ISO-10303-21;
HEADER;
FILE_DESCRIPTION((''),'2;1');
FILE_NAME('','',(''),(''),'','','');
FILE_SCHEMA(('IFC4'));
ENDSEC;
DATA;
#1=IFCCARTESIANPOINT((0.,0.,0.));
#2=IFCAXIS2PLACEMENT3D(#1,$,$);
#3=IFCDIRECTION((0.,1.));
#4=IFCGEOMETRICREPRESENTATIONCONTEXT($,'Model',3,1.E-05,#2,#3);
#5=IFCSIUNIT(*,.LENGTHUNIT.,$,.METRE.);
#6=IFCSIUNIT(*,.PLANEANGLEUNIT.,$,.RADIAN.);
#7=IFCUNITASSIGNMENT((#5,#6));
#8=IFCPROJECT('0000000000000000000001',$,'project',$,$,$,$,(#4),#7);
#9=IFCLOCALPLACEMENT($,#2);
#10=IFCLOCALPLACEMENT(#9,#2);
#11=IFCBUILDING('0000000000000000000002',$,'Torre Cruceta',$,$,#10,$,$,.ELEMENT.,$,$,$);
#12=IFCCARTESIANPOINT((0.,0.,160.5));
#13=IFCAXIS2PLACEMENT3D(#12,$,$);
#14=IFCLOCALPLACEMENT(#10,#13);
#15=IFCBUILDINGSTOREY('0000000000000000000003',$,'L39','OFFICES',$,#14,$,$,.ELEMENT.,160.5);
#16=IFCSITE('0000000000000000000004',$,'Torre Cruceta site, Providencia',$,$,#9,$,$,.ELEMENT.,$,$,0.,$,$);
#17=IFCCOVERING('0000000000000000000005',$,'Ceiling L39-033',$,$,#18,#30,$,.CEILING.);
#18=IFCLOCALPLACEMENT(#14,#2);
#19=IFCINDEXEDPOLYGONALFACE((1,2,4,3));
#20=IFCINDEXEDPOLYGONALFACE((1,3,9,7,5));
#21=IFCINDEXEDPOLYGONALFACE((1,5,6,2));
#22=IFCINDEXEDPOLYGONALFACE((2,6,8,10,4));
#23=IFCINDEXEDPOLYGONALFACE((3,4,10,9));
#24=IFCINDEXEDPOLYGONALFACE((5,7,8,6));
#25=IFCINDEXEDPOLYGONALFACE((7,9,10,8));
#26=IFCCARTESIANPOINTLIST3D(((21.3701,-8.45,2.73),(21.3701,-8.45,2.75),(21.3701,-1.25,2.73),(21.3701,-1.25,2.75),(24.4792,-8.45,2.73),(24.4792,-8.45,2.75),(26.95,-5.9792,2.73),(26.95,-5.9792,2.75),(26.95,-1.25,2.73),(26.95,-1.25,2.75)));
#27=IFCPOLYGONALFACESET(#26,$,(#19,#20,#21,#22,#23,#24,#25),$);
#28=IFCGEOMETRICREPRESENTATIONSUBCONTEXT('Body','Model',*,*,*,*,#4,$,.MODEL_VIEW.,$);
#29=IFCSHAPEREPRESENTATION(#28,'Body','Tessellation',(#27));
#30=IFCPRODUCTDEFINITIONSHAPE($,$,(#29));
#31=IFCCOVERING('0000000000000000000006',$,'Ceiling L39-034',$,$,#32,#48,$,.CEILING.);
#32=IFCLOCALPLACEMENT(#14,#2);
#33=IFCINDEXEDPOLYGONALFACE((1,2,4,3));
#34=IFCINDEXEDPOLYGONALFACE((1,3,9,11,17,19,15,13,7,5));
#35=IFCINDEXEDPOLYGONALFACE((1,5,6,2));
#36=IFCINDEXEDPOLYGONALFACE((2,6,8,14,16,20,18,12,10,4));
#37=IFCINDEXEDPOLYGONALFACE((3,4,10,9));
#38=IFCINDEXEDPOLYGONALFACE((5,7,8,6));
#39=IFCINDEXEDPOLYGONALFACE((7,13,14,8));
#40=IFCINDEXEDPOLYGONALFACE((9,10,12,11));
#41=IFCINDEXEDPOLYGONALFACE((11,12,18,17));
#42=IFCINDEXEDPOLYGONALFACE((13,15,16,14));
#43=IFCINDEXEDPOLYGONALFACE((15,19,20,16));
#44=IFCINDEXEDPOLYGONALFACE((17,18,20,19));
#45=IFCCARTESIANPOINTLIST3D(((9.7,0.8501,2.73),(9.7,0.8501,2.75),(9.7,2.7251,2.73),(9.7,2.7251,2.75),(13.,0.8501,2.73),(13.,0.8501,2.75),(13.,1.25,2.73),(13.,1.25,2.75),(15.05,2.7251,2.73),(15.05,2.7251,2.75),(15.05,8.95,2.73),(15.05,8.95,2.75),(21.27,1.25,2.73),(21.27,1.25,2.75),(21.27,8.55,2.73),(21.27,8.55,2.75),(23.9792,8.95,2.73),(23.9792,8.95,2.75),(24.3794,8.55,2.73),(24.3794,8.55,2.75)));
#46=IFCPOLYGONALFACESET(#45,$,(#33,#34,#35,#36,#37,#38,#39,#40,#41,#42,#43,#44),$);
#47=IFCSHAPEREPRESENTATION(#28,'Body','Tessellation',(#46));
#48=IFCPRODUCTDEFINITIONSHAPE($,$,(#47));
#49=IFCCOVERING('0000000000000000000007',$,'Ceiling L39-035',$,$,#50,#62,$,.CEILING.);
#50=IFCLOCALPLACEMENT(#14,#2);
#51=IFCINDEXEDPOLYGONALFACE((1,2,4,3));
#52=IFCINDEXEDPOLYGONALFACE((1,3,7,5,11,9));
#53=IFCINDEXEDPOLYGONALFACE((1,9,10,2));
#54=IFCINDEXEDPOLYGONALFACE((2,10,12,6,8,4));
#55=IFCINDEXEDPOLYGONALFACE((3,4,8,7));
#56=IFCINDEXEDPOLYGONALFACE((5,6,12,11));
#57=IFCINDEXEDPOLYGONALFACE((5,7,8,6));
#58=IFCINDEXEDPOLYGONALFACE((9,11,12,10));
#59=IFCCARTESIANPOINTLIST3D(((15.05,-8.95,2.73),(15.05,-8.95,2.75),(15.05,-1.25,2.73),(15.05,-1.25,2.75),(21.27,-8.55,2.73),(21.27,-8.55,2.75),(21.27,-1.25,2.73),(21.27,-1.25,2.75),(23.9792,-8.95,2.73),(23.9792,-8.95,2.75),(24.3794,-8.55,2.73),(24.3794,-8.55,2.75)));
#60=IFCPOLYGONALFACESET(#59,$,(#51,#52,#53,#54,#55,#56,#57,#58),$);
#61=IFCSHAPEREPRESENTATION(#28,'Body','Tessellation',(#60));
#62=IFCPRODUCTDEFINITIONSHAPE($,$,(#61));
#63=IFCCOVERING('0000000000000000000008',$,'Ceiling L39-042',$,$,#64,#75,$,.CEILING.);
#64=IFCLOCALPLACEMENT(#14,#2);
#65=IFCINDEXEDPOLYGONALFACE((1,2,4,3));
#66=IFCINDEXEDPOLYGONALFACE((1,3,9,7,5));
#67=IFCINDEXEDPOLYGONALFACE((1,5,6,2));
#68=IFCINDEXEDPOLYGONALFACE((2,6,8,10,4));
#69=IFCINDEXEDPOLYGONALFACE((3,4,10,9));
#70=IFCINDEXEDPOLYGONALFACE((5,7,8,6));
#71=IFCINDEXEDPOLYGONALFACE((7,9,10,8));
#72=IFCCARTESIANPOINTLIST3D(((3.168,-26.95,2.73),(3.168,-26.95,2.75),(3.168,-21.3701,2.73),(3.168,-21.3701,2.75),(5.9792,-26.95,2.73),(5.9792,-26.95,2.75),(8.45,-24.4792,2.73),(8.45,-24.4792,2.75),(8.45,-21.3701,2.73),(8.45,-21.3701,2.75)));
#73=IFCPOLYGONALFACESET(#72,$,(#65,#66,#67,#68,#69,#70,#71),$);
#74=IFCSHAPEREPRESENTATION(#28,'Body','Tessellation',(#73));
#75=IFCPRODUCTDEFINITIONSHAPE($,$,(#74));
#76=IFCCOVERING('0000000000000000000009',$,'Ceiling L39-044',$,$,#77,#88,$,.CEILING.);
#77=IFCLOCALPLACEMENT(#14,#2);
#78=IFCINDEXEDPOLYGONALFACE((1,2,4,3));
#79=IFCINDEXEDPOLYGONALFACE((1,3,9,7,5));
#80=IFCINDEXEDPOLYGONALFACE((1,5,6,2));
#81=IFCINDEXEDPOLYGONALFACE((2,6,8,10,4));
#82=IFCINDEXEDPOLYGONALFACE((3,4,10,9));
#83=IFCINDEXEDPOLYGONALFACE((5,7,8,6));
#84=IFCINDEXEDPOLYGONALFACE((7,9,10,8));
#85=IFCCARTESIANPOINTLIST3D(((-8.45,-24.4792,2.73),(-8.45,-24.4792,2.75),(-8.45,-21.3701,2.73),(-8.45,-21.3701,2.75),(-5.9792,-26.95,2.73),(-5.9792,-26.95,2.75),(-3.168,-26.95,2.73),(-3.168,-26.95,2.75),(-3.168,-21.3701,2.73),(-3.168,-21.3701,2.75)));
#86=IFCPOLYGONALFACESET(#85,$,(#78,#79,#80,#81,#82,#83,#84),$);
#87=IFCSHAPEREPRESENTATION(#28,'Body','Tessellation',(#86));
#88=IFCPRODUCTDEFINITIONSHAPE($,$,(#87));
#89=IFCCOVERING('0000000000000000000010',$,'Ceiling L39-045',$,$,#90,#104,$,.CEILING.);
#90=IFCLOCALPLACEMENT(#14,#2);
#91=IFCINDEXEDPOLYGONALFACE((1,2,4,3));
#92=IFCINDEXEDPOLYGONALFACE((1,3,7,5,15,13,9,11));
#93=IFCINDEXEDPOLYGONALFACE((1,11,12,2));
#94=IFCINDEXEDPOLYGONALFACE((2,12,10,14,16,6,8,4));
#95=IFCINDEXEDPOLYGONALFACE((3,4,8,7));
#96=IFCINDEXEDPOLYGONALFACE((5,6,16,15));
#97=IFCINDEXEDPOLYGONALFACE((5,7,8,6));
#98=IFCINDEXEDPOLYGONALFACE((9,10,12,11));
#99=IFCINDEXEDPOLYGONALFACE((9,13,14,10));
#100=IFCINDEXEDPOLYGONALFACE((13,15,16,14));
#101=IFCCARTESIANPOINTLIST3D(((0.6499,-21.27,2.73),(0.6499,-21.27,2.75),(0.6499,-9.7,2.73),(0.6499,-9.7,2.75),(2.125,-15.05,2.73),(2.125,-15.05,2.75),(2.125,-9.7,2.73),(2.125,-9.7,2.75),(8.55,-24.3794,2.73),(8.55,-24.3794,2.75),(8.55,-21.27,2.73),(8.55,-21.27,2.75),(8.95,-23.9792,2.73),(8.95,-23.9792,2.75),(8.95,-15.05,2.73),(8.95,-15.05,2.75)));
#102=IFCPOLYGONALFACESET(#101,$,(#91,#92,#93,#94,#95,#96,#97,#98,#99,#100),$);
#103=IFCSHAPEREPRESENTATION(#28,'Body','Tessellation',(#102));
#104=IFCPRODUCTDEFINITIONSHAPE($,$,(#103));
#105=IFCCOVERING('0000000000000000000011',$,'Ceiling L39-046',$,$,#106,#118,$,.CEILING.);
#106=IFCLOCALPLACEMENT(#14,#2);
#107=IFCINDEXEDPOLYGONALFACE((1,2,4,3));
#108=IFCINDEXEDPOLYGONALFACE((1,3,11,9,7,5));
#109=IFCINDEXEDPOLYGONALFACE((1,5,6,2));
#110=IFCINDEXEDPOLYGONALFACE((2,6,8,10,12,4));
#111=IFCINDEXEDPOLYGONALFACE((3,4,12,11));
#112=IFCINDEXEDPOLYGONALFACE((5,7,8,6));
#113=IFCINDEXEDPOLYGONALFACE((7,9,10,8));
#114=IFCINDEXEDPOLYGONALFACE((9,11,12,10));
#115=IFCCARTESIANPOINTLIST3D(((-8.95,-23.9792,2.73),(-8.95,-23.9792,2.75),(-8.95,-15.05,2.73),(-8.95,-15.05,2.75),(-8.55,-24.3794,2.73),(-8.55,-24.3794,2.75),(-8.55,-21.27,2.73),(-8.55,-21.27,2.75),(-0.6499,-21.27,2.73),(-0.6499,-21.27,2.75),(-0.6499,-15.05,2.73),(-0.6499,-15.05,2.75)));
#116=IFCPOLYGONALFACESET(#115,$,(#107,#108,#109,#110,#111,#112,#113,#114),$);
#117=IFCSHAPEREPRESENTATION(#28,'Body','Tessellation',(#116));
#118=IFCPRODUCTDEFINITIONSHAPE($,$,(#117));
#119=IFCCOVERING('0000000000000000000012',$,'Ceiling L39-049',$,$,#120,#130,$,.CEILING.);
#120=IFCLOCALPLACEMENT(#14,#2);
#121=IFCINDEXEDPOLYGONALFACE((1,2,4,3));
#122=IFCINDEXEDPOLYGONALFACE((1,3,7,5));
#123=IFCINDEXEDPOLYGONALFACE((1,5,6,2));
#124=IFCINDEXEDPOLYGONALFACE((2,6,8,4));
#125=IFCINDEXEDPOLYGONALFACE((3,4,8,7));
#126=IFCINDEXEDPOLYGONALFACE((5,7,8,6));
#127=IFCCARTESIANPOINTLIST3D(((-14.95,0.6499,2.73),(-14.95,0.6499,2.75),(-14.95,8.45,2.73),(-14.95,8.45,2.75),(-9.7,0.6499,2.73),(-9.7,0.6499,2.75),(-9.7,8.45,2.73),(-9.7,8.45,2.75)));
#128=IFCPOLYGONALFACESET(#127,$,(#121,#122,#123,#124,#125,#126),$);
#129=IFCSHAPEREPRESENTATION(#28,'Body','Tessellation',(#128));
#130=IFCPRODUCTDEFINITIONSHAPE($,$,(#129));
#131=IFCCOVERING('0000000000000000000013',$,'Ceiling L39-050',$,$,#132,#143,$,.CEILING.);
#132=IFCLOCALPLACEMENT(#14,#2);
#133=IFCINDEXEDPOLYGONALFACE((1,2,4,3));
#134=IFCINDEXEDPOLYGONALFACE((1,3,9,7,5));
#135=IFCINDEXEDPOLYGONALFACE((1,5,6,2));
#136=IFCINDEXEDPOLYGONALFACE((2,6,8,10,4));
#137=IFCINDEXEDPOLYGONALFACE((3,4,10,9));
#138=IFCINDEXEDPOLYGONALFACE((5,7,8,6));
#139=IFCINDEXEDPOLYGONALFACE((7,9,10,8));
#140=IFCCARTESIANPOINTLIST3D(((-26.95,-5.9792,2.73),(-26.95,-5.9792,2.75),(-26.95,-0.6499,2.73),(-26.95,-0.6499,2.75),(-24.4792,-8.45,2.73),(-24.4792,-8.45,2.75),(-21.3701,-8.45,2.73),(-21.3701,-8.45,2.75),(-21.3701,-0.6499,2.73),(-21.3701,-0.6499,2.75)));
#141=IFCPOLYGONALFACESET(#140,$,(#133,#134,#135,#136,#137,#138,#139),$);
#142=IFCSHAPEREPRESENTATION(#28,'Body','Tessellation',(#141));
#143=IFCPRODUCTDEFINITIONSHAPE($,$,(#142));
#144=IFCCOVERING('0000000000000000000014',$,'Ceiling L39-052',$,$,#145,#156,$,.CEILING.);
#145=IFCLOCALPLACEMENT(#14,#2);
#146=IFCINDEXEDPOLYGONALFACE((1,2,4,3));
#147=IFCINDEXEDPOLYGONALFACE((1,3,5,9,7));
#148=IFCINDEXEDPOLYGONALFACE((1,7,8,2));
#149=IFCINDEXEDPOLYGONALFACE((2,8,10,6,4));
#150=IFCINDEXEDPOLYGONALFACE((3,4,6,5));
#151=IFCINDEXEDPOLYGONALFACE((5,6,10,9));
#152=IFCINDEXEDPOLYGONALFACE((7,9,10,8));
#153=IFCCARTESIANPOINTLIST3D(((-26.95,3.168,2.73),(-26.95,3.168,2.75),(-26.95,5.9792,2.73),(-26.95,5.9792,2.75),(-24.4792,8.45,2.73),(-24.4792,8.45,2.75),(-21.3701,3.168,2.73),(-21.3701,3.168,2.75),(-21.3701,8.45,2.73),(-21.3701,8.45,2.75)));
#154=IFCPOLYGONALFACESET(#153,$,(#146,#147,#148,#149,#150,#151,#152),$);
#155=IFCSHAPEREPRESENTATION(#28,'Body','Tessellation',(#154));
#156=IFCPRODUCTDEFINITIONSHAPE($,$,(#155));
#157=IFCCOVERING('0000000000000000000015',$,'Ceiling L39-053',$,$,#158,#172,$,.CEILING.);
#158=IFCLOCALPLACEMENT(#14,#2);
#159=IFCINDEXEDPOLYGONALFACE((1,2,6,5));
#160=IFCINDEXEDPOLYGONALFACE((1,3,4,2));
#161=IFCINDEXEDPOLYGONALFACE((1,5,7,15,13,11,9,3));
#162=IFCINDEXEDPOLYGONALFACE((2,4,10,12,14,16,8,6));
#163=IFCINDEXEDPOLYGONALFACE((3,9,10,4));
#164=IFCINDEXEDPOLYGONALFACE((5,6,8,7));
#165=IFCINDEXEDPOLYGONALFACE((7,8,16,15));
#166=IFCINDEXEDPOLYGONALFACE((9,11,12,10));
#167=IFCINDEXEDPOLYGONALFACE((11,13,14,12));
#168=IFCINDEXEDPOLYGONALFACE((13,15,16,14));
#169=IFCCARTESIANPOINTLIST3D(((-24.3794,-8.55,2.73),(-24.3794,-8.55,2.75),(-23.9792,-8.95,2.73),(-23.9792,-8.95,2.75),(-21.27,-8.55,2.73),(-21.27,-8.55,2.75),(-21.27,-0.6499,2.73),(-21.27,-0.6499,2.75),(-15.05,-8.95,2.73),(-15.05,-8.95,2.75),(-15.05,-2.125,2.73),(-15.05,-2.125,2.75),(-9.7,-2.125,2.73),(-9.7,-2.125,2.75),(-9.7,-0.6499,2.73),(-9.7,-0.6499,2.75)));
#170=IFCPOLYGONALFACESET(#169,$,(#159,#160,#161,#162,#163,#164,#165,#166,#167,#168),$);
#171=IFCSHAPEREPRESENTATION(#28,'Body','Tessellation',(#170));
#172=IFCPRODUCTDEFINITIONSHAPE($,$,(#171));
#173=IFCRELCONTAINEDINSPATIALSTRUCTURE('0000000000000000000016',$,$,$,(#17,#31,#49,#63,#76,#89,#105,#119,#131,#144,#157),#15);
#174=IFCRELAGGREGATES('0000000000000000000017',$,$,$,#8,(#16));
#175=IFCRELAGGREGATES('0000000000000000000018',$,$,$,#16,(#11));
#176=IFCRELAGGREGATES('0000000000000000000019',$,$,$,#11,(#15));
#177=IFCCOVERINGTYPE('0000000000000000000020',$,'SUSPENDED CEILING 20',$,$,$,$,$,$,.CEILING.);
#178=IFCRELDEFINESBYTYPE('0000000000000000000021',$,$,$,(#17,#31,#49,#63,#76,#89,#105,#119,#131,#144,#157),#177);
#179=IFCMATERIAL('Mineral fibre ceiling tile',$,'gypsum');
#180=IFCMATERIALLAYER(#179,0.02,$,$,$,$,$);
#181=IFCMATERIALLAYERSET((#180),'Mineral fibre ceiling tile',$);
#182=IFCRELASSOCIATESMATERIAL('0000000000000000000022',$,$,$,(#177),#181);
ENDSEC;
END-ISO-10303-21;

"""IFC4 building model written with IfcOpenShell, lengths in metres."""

from ifc_helpers import new_model, si_unit, direction, frame, origin, place, context, subcontext, project, spatial, polyline, outline, extrude, material, layer, layer_set, type_object, element, save


model = new_model("IFC4")

# Units and contexts
model_context = context("Model", 3, precision=1e-05, world=origin(), true_north=direction((0.0, 1.0)))
body_context = subcontext(model_context, "Body", "Model", "MODEL_VIEW")
ifc_project = project(units=[si_unit("LENGTHUNIT", "METRE"), si_unit("PLANEANGLEUNIT", "RADIAN")], contexts=[model_context])

# Site, building, storey
site_placement = place(None, origin())
site = spatial("IfcSite", under=ifc_project, at=site_placement, Name="Torre Cruceta site, Providencia", CompositionType="ELEMENT", RefElevation=0.0)
building_placement = place(site_placement, origin())
building = spatial("IfcBuilding", under=site, at=building_placement, Name="Torre Cruceta", CompositionType="ELEMENT")
storey_placement = place(building_placement, frame((0.0, 0.0, 160.5)))
storey = spatial("IfcBuildingStorey", under=building, at=storey_placement, Name="L39", Description="OFFICES", CompositionType="ELEMENT", Elevation=160.5)

# Coverings
ifc_material_1 = material(Name="Mineral fibre ceiling tile", Category="gypsum")
ifc_layer = layer(ifc_material_1, 0.02)
ifc_layer_set = layer_set([ifc_layer], Name="Mineral fibre ceiling tile")
covering_type_1 = type_object("IfcCoveringType", Name="SUSPENDED CEILING 20", PredefinedType="CEILING", material=ifc_layer_set)
covering_1_placement = place(storey_placement, frame((0.0, 0.0, 2.73)))
element("IfcCovering", 1, at=covering_1_placement, inside=storey, type_object=covering_type_1, Name="Ceiling L39-033", PredefinedType="CEILING", context=body_context, shape_type="SweptSolid", body=[
    extrude(outline(polyline([(24.4792, -8.45), (21.3701, -8.45), (21.3701, -1.25), (26.95, -1.25), (26.95, -5.9792), (24.4792, -8.45)])), origin(), (0.0, 0.0, 1.0), 0.02),
])
covering_2_placement = place(storey_placement, frame((0.0, 0.0, 2.73)))
element("IfcCovering", 2, at=covering_2_placement, inside=storey, type_object=covering_type_1, Name="Ceiling L39-034", PredefinedType="CEILING", context=body_context, shape_type="SweptSolid", body=[
    extrude(outline(polyline([(9.7, 2.7251), (15.05, 2.7251), (15.05, 8.95), (23.9792, 8.95), (24.3794, 8.55), (21.27, 8.55), (21.27, 1.25), (13.0, 1.25), (13.0, 0.8501), (9.7, 0.8501), (9.7, 2.7251)])), origin(), (0.0, 0.0, 1.0), 0.02),
])
covering_3_placement = place(storey_placement, frame((0.0, 0.0, 2.73)))
element("IfcCovering", 3, at=covering_3_placement, inside=storey, type_object=covering_type_1, Name="Ceiling L39-035", PredefinedType="CEILING", context=body_context, shape_type="SweptSolid", body=[
    extrude(outline(polyline([(15.05, -8.95), (15.05, -1.25), (21.27, -1.25), (21.27, -8.55), (24.3794, -8.55), (23.9792, -8.95), (15.05, -8.95)])), origin(), (0.0, 0.0, 1.0), 0.02),
])
covering_4_placement = place(storey_placement, frame((0.0, 0.0, 2.73)))
element("IfcCovering", 4, at=covering_4_placement, inside=storey, type_object=covering_type_1, Name="Ceiling L39-042", PredefinedType="CEILING", context=body_context, shape_type="SweptSolid", body=[
    extrude(outline(polyline([(3.168, -26.95), (3.168, -21.3701), (8.45, -21.3701), (8.45, -24.4792), (5.9792, -26.95), (3.168, -26.95)])), origin(), (0.0, 0.0, 1.0), 0.02),
])
covering_5_placement = place(storey_placement, frame((0.0, 0.0, 2.73)))
element("IfcCovering", 5, at=covering_5_placement, inside=storey, type_object=covering_type_1, Name="Ceiling L39-044", PredefinedType="CEILING", context=body_context, shape_type="SweptSolid", body=[
    extrude(outline(polyline([(-8.45, -24.4792), (-8.45, -21.3701), (-3.168, -21.3701), (-3.168, -26.95), (-5.9792, -26.95), (-8.45, -24.4792)])), origin(), (0.0, 0.0, 1.0), 0.02),
])
covering_6_placement = place(storey_placement, frame((0.0, 0.0, 2.73)))
element("IfcCovering", 6, at=covering_6_placement, inside=storey, type_object=covering_type_1, Name="Ceiling L39-045", PredefinedType="CEILING", context=body_context, shape_type="SweptSolid", body=[
    extrude(outline(polyline([(2.125, -9.7), (2.125, -15.05), (8.95, -15.05), (8.95, -23.9792), (8.55, -24.3794), (8.55, -21.27), (0.6499, -21.27), (0.6499, -9.7), (2.125, -9.7)])), origin(), (0.0, 0.0, 1.0), 0.02),
])
covering_7_placement = place(storey_placement, frame((0.0, 0.0, 2.73)))
element("IfcCovering", 7, at=covering_7_placement, inside=storey, type_object=covering_type_1, Name="Ceiling L39-046", PredefinedType="CEILING", context=body_context, shape_type="SweptSolid", body=[
    extrude(outline(polyline([(-8.95, -15.05), (-0.6499, -15.05), (-0.6499, -21.27), (-8.55, -21.27), (-8.55, -24.3794), (-8.95, -23.9792), (-8.95, -15.05)])), origin(), (0.0, 0.0, 1.0), 0.02),
])
covering_8_placement = place(storey_placement, frame((0.0, 0.0, 2.73)))
element("IfcCovering", 8, at=covering_8_placement, inside=storey, type_object=covering_type_1, Name="Ceiling L39-049", PredefinedType="CEILING", context=body_context, shape_type="SweptSolid", body=[
    extrude(outline(polyline([(-9.7, 8.45), (-9.7, 0.6499), (-14.95, 0.6499), (-14.95, 8.45), (-9.7, 8.45)])), origin(), (0.0, 0.0, 1.0), 0.02),
])
covering_9_placement = place(storey_placement, frame((0.0, 0.0, 2.73)))
element("IfcCovering", 9, at=covering_9_placement, inside=storey, type_object=covering_type_1, Name="Ceiling L39-050", PredefinedType="CEILING", context=body_context, shape_type="SweptSolid", body=[
    extrude(outline(polyline([(-26.95, -0.6499), (-21.3701, -0.6499), (-21.3701, -8.45), (-24.4792, -8.45), (-26.95, -5.9792), (-26.95, -0.6499)])), origin(), (0.0, 0.0, 1.0), 0.02),
])
covering_10_placement = place(storey_placement, frame((0.0, 0.0, 2.73)))
element("IfcCovering", 10, at=covering_10_placement, inside=storey, type_object=covering_type_1, Name="Ceiling L39-052", PredefinedType="CEILING", context=body_context, shape_type="SweptSolid", body=[
    extrude(outline(polyline([(-24.4792, 8.45), (-21.3701, 8.45), (-21.3701, 3.168), (-26.95, 3.168), (-26.95, 5.9792), (-24.4792, 8.45)])), origin(), (0.0, 0.0, 1.0), 0.02),
])
covering_11_placement = place(storey_placement, frame((0.0, 0.0, 2.73)))
element("IfcCovering", 11, at=covering_11_placement, inside=storey, type_object=covering_type_1, Name="Ceiling L39-053", PredefinedType="CEILING", context=body_context, shape_type="SweptSolid", body=[
    extrude(outline(polyline([(-9.7, -2.125), (-15.05, -2.125), (-15.05, -8.95), (-23.9792, -8.95), (-24.3794, -8.55), (-21.27, -8.55), (-21.27, -0.6499), (-9.7, -0.6499), (-9.7, -2.125)])), origin(), (0.0, 0.0, 1.0), 0.02),
])

save(model, "model.ifc")
